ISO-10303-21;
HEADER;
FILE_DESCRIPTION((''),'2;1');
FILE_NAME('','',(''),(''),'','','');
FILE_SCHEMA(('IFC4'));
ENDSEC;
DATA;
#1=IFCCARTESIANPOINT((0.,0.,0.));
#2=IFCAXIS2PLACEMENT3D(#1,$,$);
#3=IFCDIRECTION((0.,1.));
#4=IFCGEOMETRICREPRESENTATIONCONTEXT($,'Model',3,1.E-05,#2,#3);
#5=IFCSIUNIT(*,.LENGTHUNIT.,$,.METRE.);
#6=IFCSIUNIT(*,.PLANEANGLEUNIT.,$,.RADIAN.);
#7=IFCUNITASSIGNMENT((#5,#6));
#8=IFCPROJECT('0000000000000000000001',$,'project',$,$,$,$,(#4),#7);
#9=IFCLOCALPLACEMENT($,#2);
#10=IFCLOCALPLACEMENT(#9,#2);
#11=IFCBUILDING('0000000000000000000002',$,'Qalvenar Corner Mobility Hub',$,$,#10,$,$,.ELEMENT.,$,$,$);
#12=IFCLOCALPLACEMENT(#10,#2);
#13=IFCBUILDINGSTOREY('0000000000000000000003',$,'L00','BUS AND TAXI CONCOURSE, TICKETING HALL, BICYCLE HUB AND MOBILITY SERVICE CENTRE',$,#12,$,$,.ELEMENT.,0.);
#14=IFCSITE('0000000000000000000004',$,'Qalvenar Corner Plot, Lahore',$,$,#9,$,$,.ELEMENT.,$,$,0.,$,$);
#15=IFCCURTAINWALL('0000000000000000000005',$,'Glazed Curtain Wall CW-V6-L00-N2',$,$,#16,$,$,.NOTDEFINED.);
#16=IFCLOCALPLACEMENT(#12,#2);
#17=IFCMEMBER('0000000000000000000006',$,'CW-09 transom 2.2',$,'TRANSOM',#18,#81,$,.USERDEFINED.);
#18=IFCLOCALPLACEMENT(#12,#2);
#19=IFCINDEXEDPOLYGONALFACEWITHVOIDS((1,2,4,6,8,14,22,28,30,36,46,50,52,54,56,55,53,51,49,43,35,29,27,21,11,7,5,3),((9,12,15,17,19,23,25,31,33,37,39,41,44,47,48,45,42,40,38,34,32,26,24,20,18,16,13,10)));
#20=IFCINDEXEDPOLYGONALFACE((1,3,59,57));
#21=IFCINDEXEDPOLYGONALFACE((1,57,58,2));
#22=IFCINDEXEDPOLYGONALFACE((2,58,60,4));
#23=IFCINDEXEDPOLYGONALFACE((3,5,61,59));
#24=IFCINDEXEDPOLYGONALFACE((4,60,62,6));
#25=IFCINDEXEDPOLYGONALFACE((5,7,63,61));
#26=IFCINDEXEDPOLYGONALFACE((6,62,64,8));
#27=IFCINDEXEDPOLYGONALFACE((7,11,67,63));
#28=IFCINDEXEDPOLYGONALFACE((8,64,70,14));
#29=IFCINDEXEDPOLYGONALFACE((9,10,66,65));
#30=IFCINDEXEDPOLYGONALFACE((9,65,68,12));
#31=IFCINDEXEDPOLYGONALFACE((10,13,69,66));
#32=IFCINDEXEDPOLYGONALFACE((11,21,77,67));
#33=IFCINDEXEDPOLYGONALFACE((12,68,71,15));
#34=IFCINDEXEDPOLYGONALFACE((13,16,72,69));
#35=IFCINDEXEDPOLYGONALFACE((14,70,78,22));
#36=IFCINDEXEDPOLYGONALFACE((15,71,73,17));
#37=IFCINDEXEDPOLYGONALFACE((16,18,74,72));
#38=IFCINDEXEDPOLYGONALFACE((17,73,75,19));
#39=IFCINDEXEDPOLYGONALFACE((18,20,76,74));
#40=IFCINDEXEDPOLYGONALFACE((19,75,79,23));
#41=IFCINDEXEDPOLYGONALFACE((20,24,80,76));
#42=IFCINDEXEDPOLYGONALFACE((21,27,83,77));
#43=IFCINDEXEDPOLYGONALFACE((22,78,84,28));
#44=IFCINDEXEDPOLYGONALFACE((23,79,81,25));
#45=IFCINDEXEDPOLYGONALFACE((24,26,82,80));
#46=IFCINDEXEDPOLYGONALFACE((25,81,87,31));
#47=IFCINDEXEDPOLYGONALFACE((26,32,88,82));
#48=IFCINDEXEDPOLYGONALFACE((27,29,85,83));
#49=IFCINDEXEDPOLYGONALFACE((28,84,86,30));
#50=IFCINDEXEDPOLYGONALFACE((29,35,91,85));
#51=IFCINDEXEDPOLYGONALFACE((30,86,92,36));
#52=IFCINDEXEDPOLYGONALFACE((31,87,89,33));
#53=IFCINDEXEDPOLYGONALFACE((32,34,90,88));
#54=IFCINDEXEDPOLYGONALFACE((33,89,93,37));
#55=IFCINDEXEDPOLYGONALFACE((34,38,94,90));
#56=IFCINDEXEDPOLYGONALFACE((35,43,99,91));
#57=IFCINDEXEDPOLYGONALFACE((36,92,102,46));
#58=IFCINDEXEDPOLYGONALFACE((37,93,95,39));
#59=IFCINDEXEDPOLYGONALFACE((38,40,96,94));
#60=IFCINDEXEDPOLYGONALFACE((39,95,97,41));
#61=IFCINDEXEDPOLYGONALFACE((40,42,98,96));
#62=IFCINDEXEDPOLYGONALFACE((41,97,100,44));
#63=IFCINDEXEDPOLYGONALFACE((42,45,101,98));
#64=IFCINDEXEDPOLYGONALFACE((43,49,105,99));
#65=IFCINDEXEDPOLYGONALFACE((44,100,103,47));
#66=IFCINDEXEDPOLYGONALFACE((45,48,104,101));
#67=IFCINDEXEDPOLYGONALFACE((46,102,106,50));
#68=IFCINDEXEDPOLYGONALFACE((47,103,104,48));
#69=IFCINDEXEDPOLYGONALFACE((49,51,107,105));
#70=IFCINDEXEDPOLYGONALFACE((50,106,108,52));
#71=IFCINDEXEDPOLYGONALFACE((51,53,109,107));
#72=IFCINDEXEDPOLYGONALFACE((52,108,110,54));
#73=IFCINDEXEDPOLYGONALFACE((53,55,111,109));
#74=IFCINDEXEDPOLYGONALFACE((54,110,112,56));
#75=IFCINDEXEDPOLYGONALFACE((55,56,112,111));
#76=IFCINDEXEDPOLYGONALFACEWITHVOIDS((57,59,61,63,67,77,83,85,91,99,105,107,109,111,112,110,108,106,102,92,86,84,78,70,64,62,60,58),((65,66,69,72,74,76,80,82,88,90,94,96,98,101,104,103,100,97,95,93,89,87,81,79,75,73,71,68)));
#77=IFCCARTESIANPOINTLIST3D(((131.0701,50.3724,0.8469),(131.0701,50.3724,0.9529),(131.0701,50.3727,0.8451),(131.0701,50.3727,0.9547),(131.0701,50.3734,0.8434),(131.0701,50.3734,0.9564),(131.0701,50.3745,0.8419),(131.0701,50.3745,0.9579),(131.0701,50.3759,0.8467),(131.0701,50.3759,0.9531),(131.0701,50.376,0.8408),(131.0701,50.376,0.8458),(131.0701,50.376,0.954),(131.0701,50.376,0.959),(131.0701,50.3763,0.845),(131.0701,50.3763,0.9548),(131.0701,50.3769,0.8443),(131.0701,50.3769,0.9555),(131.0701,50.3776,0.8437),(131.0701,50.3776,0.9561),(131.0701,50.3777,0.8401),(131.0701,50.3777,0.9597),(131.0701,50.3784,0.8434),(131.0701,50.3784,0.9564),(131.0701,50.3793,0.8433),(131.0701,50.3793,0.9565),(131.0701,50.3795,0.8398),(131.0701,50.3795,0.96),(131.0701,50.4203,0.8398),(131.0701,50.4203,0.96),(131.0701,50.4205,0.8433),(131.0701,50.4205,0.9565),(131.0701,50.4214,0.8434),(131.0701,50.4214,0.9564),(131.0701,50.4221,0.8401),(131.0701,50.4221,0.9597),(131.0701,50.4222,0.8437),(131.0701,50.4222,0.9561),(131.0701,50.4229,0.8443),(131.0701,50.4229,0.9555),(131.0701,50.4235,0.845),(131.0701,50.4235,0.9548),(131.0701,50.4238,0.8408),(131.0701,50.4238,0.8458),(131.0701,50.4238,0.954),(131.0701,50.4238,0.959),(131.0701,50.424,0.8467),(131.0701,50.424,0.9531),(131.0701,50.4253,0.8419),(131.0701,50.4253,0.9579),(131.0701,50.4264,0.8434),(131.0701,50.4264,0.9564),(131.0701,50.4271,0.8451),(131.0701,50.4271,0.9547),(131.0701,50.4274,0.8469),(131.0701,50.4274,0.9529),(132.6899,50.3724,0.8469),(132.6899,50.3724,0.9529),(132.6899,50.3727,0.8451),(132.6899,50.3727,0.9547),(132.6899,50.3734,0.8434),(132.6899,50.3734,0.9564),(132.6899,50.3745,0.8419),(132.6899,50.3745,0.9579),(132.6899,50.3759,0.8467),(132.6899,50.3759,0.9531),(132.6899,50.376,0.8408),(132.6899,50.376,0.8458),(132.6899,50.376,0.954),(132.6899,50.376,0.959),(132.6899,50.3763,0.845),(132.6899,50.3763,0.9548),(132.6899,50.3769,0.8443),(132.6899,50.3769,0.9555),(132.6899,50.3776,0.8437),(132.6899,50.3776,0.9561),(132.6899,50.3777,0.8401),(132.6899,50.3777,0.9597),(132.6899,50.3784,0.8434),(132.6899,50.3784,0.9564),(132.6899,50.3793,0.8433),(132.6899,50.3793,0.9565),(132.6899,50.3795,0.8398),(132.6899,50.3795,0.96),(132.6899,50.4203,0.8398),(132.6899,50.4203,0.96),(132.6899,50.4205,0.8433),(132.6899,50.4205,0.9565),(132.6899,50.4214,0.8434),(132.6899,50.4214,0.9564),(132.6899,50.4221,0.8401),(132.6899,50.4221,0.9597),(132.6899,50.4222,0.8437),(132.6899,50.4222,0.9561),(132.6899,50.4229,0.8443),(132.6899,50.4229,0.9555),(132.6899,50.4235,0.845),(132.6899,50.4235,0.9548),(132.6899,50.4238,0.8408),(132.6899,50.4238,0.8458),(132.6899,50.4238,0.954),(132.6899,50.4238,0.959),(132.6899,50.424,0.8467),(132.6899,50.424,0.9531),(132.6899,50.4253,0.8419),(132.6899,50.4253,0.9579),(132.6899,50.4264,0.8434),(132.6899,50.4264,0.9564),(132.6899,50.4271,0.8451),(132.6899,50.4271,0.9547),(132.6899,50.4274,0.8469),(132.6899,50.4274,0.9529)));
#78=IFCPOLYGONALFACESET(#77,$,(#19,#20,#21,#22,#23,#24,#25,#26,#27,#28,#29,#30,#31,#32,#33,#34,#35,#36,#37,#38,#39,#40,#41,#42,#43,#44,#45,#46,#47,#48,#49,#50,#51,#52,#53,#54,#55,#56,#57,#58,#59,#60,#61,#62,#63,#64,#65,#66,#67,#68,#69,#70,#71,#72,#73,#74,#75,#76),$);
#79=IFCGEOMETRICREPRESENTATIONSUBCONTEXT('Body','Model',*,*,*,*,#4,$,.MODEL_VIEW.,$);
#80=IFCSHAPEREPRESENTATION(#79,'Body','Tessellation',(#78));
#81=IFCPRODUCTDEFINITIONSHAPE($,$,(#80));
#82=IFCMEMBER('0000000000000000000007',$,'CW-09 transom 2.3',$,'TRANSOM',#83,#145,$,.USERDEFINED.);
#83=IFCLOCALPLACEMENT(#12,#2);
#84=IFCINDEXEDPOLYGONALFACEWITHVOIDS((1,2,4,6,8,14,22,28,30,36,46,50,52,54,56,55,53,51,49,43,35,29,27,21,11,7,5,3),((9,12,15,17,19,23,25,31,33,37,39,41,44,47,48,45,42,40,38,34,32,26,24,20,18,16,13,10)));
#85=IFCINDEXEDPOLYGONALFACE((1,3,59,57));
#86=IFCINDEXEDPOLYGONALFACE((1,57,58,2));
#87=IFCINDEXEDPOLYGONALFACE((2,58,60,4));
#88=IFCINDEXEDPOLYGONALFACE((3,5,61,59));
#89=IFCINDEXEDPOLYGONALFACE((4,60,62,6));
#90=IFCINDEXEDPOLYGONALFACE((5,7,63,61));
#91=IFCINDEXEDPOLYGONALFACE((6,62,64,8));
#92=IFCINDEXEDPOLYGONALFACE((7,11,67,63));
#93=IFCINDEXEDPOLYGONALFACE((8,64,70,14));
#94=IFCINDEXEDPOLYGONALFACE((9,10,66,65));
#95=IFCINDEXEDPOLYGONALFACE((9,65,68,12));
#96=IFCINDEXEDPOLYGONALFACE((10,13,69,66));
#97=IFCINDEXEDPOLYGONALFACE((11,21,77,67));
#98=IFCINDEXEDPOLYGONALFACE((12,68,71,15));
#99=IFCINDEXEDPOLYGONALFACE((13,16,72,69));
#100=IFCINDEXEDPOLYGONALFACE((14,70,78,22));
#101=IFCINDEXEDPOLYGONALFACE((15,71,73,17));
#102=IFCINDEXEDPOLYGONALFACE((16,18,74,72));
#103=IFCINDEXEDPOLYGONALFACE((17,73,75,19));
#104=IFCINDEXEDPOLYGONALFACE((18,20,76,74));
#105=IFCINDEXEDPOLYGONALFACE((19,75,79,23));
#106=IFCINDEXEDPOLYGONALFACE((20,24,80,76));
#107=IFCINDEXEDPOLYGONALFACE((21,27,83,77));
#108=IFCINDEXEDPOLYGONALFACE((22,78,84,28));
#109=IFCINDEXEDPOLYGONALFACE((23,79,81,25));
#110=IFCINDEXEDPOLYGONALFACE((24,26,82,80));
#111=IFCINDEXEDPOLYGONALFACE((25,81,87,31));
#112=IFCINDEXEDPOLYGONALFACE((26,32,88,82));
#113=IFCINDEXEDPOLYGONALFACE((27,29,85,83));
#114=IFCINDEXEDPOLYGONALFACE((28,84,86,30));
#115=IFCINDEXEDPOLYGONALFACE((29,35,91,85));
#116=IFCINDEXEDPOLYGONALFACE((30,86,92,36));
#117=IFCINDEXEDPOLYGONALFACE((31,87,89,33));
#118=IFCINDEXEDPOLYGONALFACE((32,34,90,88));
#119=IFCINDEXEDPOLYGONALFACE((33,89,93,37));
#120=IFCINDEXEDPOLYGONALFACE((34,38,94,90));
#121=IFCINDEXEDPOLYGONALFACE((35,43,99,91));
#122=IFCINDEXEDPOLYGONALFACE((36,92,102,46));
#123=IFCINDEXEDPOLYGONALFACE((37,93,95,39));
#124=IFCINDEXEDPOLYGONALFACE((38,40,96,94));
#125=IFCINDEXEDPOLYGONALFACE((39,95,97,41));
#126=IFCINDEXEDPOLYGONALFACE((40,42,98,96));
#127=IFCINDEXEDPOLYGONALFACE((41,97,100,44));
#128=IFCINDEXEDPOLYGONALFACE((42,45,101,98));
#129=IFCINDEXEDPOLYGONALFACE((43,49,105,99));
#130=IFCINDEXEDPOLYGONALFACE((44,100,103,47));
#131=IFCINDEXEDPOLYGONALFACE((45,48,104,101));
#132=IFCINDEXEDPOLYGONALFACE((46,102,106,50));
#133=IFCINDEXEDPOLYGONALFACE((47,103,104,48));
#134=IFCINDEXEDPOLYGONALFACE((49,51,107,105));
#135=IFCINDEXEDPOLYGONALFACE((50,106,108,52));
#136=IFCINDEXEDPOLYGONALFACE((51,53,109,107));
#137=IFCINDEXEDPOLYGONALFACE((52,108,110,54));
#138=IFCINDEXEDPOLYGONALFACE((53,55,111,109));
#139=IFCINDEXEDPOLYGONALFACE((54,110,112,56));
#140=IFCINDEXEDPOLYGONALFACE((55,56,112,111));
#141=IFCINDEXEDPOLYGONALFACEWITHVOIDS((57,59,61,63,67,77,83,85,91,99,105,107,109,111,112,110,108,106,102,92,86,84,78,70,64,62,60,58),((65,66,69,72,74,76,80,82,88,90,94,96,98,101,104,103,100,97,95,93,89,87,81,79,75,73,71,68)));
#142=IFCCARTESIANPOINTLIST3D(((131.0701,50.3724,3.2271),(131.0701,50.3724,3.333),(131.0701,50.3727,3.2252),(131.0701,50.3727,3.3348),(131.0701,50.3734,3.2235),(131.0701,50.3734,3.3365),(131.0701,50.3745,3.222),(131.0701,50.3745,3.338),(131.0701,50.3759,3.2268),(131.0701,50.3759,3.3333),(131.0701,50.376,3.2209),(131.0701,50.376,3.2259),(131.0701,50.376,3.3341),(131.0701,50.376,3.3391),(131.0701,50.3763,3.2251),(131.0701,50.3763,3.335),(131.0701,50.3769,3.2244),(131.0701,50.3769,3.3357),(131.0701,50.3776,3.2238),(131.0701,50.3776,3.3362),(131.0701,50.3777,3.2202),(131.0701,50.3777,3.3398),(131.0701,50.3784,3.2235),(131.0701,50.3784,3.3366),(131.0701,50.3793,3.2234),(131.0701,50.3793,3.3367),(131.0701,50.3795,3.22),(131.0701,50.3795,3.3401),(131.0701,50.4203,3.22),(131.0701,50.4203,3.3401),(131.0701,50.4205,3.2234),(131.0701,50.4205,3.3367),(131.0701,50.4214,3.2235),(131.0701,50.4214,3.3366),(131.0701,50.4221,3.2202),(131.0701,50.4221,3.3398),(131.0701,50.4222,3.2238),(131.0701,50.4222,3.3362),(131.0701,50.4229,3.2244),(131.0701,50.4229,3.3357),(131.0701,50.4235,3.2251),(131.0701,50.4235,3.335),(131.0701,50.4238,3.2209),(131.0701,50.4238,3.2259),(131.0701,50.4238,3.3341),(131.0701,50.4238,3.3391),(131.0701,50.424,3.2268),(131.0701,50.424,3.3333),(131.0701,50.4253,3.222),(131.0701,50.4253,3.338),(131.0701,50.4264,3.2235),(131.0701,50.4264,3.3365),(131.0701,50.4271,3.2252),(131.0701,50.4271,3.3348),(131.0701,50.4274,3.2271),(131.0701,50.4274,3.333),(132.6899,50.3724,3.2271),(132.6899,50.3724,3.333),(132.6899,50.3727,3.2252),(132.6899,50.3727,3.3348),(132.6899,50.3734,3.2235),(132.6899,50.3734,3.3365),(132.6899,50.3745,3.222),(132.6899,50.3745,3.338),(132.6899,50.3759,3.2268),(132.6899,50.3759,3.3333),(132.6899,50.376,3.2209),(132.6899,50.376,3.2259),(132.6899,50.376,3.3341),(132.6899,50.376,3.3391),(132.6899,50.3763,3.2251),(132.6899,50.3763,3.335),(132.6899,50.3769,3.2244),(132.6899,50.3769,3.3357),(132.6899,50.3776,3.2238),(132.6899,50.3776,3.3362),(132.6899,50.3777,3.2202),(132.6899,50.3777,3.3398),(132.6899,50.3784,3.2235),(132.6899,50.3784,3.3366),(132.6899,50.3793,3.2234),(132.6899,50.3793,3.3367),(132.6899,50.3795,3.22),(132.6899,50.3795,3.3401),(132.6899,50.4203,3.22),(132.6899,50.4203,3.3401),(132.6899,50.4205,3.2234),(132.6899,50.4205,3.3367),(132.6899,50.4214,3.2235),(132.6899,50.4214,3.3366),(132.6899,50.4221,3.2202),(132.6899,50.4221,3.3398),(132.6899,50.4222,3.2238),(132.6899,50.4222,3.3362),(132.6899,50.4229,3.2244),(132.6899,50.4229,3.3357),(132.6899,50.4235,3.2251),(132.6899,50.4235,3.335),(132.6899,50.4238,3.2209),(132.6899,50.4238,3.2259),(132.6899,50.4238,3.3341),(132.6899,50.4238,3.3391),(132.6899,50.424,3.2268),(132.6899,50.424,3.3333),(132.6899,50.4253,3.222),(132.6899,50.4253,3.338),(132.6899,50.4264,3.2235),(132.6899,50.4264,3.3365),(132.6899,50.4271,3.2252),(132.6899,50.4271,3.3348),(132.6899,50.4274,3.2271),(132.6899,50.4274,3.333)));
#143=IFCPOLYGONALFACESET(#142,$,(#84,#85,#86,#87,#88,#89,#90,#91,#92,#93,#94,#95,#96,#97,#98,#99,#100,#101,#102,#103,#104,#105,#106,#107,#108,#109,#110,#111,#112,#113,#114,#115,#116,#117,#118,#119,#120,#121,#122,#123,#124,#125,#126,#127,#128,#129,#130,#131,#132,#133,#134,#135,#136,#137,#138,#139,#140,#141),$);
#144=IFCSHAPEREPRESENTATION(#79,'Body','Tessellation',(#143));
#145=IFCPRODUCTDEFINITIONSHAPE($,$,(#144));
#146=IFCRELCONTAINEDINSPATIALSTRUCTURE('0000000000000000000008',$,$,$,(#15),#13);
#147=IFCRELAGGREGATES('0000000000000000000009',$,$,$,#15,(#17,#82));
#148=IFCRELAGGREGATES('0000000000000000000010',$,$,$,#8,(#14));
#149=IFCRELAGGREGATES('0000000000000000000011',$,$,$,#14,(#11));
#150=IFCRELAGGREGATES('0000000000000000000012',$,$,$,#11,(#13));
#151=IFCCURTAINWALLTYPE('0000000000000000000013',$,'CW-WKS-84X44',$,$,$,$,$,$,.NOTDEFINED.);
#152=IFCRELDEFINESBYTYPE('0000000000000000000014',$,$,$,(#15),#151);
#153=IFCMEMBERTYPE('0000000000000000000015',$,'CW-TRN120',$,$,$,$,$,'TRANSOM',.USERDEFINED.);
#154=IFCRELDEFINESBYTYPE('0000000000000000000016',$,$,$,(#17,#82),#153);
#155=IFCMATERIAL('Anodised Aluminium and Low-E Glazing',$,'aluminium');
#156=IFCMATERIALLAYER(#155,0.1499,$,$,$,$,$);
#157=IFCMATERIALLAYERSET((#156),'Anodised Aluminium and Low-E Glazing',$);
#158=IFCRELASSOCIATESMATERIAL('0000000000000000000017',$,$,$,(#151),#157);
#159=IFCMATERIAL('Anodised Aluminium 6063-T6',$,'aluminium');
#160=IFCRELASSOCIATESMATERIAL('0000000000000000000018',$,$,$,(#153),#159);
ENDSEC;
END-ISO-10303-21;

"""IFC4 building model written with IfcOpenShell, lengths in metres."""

from ifc_helpers import new_model, si_unit, direction, frame, origin, origin_2d, place, context, subcontext, project, spatial, hollow_rectangle, extrude, material, layer, layer_set, material_profile, profile_set, type_object, element, aggregate, save


model = new_model("IFC4")

# Units and contexts
model_context = context("Model", 3, precision=1e-05, world=origin(), true_north=direction((0.0, 1.0)))
body_context = subcontext(model_context, "Body", "Model", "MODEL_VIEW")
ifc_project = project(units=[si_unit("LENGTHUNIT", "METRE"), si_unit("PLANEANGLEUNIT", "RADIAN")], contexts=[model_context])

# Site, building, storey
site_placement = place(None, origin())
site = spatial("IfcSite", under=ifc_project, at=site_placement, Name="Qalvenar Corner Plot, Lahore", CompositionType="ELEMENT", RefElevation=0.0)
building_placement = place(site_placement, origin())
building = spatial("IfcBuilding", under=site, at=building_placement, Name="Qalvenar Corner Mobility Hub", CompositionType="ELEMENT")
storey_placement = place(building_placement, origin())
storey = spatial("IfcBuildingStorey", under=building, at=storey_placement, Name="L00", Description="BUS AND TAXI CONCOURSE, TICKETING HALL, BICYCLE HUB AND MOBILITY SERVICE CENTRE", CompositionType="ELEMENT", Elevation=0.0)

# Curtain wall, members
ifc_material_1 = material(Name="Anodised Aluminium and Low-E Glazing", Category="aluminium")
ifc_layer_1 = layer(ifc_material_1, 0.1499)
ifc_layer_set_1 = layer_set([ifc_layer_1], Name="Anodised Aluminium and Low-E Glazing")
curtain_wall_type = type_object("IfcCurtainWallType", Name="CW-WKS-84X44", PredefinedType="NOTDEFINED", material=ifc_layer_set_1)
curtain_wall_placement = place(storey_placement, origin())
curtain_wall = element("IfcCurtainWall", 1, at=curtain_wall_placement, inside=storey, type_object=curtain_wall_type, Name="Glazed Curtain Wall CW-V6-L00-N2", PredefinedType="NOTDEFINED")
ifc_material_2 = material(Name="Anodised Aluminium 6063-T6", Category="aluminium")
ifc_material_profile_1 = material_profile(ifc_material_2, hollow_rectangle(XDim=0.0549, YDim=0.1201, WallThickness=0.0034, InnerFilletRadius=0.0034, OuterFilletRadius=0.0071, at=origin_2d()), Name="RHS120x55x3.5")
ifc_profile_set_1 = profile_set([ifc_material_profile_1], Name="Anodised Aluminium 6063-T6")
member_type_1 = type_object("IfcMemberType", Name="CW-TRN120", ElementType="TRANSOM", PredefinedType="USERDEFINED", material=ifc_profile_set_1)
member_1_placement = place(storey_placement, frame((132.6899, 50.3999, 0.8999), z_axis=(-1.0, 0.0, 0.0), x_axis=(0.0, -1.0, 0.0)))
member_1 = element("IfcMember", 2, at=member_1_placement, type_object=member_type_1, Name="CW-09 transom 2.2", ObjectType="TRANSOM", PredefinedType="USERDEFINED", context=body_context, shape_type="SweptSolid", body=[
    extrude(hollow_rectangle(XDim=0.0549, YDim=0.1201, WallThickness=0.0034, InnerFilletRadius=0.0034, OuterFilletRadius=0.0071, at=origin_2d()), origin(), (0.0, 0.0, 1.0), 1.6199),
])
member_2_placement = place(storey_placement, frame((132.6899, 50.3999, 3.28), z_axis=(-1.0, 0.0, 0.0), x_axis=(0.0, -1.0, 0.0)))
member_2 = element("IfcMember", 3, at=member_2_placement, type_object=member_type_1, Name="CW-09 transom 2.3", ObjectType="TRANSOM", PredefinedType="USERDEFINED", context=body_context, shape_type="SweptSolid", body=[
    extrude(hollow_rectangle(XDim=0.0549, YDim=0.1201, WallThickness=0.0034, InnerFilletRadius=0.0034, OuterFilletRadius=0.0071, at=origin_2d()), origin(), (0.0, 0.0, 1.0), 1.6199),
])
aggregate(curtain_wall, [member_1, member_2])

save(model, "model.ifc")
